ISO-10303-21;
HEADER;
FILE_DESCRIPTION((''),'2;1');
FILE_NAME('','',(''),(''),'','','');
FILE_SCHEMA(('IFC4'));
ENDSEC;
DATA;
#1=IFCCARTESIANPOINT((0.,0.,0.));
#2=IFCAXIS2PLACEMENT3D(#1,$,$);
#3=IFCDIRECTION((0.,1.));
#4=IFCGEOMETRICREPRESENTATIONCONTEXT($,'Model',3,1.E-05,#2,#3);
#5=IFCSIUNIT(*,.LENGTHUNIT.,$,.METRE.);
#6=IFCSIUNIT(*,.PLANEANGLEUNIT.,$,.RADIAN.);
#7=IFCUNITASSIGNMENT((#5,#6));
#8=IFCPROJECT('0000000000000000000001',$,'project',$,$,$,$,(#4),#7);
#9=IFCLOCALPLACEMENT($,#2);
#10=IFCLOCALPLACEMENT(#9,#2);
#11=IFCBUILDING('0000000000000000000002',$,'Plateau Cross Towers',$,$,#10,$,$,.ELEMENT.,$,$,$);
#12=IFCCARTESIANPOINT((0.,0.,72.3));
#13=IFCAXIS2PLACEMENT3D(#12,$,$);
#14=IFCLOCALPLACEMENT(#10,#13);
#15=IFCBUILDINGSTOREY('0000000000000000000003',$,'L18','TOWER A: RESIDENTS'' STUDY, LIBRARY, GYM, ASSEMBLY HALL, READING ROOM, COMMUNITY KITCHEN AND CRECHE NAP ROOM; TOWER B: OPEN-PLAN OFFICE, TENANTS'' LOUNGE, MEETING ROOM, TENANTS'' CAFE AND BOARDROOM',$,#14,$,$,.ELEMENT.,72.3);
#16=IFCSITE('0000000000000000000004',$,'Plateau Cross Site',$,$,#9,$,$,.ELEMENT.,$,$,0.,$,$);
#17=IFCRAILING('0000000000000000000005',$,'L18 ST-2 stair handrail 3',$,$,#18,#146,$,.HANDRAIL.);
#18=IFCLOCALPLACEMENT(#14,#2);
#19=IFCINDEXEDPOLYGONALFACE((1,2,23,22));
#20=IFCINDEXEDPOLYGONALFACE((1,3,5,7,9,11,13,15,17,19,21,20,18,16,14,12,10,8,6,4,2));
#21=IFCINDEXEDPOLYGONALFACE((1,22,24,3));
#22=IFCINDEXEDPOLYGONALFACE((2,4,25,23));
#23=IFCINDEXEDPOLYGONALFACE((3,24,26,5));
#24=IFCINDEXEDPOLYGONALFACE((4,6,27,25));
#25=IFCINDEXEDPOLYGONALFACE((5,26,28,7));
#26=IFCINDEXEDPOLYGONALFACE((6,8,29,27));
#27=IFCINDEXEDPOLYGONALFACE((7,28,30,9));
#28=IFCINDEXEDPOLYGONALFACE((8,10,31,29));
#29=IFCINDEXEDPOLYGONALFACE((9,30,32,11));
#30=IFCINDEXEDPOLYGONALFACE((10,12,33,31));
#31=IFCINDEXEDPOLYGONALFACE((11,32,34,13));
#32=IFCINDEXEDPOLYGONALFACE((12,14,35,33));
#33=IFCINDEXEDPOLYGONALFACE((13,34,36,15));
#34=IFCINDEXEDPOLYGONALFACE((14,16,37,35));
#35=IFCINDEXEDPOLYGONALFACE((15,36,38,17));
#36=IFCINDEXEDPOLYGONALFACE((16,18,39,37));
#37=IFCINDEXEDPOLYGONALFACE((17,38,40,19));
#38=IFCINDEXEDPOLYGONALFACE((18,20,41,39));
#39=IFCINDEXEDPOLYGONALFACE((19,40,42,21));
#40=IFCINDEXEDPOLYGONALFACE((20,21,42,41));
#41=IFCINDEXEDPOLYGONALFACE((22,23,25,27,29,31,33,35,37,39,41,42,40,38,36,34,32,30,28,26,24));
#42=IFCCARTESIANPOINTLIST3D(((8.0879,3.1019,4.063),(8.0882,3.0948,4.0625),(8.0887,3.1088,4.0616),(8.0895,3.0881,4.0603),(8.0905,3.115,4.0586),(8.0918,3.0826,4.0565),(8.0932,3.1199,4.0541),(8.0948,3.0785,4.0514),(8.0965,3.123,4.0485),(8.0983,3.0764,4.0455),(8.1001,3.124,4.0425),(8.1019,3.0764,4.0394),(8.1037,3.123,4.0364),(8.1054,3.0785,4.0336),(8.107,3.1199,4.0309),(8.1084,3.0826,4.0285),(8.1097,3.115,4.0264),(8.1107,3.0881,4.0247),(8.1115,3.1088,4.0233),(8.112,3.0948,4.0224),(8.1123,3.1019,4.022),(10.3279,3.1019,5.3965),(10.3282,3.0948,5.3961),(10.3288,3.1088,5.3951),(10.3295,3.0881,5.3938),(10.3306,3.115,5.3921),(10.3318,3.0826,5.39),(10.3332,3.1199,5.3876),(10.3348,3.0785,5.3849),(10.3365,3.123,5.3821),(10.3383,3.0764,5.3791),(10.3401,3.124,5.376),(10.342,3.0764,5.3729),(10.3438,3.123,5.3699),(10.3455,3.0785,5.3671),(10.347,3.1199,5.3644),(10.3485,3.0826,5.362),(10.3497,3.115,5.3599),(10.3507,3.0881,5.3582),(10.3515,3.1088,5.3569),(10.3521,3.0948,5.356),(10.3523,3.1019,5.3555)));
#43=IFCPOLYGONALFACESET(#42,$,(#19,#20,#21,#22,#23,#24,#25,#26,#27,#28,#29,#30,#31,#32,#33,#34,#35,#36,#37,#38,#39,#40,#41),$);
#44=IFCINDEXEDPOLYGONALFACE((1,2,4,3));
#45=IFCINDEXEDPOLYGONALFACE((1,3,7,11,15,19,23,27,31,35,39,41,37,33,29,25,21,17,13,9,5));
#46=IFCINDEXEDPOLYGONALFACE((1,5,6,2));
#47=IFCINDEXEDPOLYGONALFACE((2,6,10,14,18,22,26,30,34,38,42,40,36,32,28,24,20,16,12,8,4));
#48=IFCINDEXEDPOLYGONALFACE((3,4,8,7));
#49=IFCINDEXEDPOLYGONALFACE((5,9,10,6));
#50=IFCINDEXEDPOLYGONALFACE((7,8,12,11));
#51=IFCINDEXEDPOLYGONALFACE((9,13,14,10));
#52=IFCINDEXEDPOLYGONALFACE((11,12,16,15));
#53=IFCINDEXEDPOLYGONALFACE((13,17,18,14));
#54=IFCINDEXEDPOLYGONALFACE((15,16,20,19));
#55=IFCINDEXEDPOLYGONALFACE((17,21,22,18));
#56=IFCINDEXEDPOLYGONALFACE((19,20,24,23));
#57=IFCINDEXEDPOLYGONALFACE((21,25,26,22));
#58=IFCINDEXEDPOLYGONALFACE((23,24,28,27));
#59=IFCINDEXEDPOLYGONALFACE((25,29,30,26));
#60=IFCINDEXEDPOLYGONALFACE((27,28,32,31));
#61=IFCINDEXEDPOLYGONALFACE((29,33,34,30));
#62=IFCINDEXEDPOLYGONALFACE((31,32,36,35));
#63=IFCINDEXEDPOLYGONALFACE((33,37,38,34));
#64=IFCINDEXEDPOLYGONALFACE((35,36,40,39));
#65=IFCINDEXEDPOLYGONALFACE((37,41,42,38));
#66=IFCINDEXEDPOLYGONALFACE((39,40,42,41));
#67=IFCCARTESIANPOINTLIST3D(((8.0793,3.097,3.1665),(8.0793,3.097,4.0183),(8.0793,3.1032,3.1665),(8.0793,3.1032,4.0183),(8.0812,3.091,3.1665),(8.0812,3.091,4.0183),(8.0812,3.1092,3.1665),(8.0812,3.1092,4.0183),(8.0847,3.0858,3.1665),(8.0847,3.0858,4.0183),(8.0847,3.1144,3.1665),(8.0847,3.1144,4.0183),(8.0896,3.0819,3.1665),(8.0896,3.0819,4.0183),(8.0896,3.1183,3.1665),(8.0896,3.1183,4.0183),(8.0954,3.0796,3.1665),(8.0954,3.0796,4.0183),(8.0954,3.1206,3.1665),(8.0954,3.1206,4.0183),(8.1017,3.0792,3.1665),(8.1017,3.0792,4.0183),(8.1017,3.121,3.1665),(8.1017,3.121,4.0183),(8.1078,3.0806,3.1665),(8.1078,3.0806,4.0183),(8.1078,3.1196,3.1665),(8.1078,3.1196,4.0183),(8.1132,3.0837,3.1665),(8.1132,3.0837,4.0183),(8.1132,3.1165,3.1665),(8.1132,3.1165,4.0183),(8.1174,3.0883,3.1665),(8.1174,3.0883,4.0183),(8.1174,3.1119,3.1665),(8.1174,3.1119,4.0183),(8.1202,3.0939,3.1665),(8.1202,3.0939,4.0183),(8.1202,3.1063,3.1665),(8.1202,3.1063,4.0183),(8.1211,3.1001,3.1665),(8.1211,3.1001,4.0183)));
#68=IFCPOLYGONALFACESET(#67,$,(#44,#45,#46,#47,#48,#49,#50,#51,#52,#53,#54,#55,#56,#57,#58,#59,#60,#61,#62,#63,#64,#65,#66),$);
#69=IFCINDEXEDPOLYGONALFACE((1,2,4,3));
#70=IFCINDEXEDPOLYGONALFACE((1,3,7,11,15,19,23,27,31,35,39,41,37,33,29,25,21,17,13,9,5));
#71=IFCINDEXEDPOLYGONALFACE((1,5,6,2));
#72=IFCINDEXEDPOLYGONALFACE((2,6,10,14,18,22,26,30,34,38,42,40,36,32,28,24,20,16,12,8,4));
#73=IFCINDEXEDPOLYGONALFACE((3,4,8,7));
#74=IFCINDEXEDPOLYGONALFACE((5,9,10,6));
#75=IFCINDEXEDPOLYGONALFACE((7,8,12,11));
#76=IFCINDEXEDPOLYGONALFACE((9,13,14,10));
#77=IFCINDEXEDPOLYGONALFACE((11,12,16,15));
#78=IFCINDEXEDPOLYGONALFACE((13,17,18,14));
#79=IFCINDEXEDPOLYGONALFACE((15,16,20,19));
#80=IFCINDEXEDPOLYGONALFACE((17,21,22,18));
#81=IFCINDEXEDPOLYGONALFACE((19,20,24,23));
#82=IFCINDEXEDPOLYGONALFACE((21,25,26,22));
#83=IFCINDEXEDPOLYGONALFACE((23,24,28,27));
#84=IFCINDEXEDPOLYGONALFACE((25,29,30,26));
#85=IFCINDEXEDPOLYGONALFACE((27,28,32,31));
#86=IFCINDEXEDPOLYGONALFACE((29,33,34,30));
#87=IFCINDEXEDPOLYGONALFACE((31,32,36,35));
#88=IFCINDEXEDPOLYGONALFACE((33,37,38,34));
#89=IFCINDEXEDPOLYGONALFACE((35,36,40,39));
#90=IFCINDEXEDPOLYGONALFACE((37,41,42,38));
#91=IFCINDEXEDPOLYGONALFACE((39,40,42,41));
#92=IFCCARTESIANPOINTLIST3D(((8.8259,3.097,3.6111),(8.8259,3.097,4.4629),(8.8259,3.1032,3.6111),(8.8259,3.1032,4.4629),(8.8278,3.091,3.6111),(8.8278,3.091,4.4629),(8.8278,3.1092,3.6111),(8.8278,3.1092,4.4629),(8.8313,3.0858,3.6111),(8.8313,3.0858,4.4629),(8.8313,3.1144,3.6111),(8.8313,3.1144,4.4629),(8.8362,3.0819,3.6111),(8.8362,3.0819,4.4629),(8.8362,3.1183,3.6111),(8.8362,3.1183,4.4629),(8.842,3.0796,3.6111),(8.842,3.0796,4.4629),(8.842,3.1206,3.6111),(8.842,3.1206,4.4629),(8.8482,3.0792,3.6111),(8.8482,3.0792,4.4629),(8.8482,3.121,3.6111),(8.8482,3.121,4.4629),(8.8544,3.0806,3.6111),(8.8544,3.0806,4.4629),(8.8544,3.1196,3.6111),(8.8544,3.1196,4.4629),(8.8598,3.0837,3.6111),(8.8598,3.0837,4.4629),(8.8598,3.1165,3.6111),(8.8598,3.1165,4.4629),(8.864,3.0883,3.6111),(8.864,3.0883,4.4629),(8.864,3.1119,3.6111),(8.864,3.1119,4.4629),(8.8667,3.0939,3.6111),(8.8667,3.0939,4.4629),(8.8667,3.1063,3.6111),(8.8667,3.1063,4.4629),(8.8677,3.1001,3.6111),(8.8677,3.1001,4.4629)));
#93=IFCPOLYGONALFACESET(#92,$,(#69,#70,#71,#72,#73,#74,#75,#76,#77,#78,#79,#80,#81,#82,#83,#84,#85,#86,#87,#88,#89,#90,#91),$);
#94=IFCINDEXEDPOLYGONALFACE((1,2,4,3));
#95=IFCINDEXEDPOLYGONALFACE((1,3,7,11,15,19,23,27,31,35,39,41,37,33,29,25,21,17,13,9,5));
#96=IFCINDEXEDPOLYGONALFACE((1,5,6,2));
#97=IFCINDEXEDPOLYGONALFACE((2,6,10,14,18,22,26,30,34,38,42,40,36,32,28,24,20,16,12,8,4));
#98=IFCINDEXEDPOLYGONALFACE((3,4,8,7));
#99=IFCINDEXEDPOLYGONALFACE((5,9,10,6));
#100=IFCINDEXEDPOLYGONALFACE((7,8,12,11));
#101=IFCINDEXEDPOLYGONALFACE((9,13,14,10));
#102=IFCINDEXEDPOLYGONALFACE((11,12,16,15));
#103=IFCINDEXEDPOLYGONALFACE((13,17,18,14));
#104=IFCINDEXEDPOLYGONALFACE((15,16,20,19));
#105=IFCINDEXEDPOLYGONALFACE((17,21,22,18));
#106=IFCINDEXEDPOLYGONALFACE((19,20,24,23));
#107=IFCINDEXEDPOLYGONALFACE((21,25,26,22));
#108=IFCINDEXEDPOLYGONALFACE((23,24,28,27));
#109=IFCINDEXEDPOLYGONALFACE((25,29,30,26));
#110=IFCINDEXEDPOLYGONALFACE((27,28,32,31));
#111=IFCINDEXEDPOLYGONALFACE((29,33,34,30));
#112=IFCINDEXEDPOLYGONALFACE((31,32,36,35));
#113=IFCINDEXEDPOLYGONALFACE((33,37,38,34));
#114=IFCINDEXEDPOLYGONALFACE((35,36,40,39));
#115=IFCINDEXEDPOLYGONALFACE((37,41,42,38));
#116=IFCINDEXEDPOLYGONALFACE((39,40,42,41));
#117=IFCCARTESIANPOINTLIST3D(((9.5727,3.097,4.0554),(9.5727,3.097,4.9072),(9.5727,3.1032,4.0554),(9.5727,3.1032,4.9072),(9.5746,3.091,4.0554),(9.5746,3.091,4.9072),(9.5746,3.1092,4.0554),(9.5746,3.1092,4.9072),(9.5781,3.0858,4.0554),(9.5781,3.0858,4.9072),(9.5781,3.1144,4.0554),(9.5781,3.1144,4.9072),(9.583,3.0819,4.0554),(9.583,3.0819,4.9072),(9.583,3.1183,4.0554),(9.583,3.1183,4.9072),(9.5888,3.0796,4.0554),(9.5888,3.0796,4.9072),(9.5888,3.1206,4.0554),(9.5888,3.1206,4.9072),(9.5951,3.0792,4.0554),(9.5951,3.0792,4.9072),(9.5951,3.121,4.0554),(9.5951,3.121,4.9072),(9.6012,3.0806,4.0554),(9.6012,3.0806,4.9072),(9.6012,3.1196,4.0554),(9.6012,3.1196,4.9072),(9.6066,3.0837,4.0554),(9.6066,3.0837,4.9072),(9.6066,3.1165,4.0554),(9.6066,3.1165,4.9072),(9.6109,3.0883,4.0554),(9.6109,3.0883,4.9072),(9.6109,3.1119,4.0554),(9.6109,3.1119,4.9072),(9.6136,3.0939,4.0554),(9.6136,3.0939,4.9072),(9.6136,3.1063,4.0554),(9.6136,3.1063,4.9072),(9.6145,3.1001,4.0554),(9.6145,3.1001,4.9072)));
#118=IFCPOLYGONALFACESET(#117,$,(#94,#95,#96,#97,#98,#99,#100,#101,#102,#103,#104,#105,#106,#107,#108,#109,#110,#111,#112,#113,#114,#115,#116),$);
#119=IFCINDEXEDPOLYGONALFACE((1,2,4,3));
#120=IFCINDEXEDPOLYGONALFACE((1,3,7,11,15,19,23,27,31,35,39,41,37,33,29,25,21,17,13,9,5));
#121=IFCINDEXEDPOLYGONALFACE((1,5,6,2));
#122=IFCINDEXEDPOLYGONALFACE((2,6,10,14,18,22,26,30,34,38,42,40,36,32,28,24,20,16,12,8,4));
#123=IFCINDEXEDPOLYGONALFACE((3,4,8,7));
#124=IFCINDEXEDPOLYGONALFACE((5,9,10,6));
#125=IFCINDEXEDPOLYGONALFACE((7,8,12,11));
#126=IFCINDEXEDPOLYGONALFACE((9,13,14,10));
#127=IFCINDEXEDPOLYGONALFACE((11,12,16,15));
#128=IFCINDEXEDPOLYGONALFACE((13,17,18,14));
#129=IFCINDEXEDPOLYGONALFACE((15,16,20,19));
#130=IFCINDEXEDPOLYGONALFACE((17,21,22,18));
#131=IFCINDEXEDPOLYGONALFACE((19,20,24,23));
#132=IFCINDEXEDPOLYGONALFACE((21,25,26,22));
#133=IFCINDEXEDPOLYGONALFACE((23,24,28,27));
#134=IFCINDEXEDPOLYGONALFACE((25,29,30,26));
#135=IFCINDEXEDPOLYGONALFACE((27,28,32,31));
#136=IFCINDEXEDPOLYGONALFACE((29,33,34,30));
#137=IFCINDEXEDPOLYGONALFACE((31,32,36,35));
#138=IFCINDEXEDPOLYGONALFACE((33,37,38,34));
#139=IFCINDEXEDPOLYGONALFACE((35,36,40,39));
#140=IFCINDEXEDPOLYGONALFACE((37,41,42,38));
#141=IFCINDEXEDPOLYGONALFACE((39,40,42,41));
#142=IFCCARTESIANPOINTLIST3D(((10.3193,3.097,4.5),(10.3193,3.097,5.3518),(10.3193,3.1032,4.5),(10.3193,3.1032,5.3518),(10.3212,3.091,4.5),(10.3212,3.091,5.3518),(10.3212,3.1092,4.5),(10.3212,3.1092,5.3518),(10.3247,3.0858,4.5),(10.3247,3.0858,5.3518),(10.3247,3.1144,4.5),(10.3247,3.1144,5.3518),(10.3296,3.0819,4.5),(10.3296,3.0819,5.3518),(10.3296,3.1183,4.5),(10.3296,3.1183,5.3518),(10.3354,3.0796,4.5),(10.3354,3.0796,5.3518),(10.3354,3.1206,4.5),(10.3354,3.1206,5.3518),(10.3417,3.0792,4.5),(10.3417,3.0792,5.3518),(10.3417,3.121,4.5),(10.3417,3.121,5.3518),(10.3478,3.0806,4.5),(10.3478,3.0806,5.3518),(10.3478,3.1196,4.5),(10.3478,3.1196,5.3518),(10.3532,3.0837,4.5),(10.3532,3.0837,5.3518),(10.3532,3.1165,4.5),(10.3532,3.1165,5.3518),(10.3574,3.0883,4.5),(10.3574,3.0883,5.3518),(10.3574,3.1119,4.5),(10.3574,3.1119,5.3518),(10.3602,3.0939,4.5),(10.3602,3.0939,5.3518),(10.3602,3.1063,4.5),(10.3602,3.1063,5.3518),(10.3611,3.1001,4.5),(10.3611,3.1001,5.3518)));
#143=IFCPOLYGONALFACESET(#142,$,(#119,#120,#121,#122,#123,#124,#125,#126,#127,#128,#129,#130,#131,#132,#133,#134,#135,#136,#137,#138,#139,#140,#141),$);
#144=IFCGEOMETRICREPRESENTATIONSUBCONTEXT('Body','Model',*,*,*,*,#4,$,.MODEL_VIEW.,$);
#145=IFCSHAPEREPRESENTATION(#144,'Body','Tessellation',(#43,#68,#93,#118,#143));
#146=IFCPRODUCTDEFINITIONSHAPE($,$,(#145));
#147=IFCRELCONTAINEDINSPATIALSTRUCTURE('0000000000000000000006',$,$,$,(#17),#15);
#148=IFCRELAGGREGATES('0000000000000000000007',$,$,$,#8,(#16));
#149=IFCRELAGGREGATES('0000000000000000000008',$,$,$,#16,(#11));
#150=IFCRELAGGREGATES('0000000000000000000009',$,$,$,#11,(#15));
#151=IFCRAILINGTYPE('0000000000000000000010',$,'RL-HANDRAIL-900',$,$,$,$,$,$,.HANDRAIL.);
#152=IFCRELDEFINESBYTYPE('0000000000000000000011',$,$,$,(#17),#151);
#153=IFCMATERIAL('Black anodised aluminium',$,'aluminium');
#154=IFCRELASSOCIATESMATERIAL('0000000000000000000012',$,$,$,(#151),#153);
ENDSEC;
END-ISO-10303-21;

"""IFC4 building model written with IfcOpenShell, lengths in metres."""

from ifc_helpers import new_model, si_unit, direction, frame, origin, origin_2d, place, context, subcontext, project, spatial, circle, extrude, material, type_object, element, save


model = new_model("IFC4")

# Units and contexts
model_context = context("Model", 3, precision=1e-05, world=origin(), true_north=direction((0.0, 1.0)))
body_context = subcontext(model_context, "Body", "Model", "MODEL_VIEW")
ifc_project = project(units=[si_unit("LENGTHUNIT", "METRE"), si_unit("PLANEANGLEUNIT", "RADIAN")], contexts=[model_context])

# Site, building, storey
site_placement = place(None, origin())
site = spatial("IfcSite", under=ifc_project, at=site_placement, Name="Plateau Cross Site", CompositionType="ELEMENT", RefElevation=0.0)
building_placement = place(site_placement, origin())
building = spatial("IfcBuilding", under=site, at=building_placement, Name="Plateau Cross Towers", CompositionType="ELEMENT")
storey_placement = place(building_placement, frame((0.0, 0.0, 72.3)))
storey = spatial("IfcBuildingStorey", under=building, at=storey_placement, Name="L18", Description="TOWER A: RESIDENTS' STUDY, LIBRARY, GYM, ASSEMBLY HALL, READING ROOM, COMMUNITY KITCHEN AND CRECHE NAP ROOM; TOWER B: OPEN-PLAN OFFICE, TENANTS' LOUNGE, MEETING ROOM, TENANTS' CAFE AND BOARDROOM", CompositionType="ELEMENT", Elevation=72.3)

# Shared definitions
ifc_material_1 = material(Name="Black anodised aluminium", Category="aluminium")

# Railing
railing_type_1 = type_object("IfcRailingType", Name="RL-HANDRAIL-900", PredefinedType="HANDRAIL", material=ifc_material_1)
railing_1_placement = place(storey_placement, frame((8.1001, 3.1001, 3.1665)))
element("IfcRailing", 1, at=railing_1_placement, inside=storey, type_object=railing_type_1, Name="L18 ST-2 stair handrail 3", PredefinedType="HANDRAIL", context=body_context, shape_type="SweptSolid", body=[
    extrude(circle(Radius=0.0239, at=origin_2d()), frame((0.0, 0.0, 0.876), z_axis=(0.859264, 0.0, 0.511532), x_axis=(0.0, 1.0, 0.0)), (0.0, 0.0, 1.0), 2.6069),
    extrude(circle(Radius=0.021, at=origin_2d()), origin(), (0.0, 0.0, 1.0), 0.8518),
    extrude(circle(Radius=0.021, at=origin_2d()), frame((0.7466, 0.0, 0.4446)), (0.0, 0.0, 1.0), 0.8518),
    extrude(circle(Radius=0.021, at=origin_2d()), frame((1.4934, 0.0, 0.8889)), (0.0, 0.0, 1.0), 0.8518),
    extrude(circle(Radius=0.021, at=origin_2d()), frame((2.24, 0.0, 1.3335)), (0.0, 0.0, 1.0), 0.8518),
])

save(model, "model.ifc")
